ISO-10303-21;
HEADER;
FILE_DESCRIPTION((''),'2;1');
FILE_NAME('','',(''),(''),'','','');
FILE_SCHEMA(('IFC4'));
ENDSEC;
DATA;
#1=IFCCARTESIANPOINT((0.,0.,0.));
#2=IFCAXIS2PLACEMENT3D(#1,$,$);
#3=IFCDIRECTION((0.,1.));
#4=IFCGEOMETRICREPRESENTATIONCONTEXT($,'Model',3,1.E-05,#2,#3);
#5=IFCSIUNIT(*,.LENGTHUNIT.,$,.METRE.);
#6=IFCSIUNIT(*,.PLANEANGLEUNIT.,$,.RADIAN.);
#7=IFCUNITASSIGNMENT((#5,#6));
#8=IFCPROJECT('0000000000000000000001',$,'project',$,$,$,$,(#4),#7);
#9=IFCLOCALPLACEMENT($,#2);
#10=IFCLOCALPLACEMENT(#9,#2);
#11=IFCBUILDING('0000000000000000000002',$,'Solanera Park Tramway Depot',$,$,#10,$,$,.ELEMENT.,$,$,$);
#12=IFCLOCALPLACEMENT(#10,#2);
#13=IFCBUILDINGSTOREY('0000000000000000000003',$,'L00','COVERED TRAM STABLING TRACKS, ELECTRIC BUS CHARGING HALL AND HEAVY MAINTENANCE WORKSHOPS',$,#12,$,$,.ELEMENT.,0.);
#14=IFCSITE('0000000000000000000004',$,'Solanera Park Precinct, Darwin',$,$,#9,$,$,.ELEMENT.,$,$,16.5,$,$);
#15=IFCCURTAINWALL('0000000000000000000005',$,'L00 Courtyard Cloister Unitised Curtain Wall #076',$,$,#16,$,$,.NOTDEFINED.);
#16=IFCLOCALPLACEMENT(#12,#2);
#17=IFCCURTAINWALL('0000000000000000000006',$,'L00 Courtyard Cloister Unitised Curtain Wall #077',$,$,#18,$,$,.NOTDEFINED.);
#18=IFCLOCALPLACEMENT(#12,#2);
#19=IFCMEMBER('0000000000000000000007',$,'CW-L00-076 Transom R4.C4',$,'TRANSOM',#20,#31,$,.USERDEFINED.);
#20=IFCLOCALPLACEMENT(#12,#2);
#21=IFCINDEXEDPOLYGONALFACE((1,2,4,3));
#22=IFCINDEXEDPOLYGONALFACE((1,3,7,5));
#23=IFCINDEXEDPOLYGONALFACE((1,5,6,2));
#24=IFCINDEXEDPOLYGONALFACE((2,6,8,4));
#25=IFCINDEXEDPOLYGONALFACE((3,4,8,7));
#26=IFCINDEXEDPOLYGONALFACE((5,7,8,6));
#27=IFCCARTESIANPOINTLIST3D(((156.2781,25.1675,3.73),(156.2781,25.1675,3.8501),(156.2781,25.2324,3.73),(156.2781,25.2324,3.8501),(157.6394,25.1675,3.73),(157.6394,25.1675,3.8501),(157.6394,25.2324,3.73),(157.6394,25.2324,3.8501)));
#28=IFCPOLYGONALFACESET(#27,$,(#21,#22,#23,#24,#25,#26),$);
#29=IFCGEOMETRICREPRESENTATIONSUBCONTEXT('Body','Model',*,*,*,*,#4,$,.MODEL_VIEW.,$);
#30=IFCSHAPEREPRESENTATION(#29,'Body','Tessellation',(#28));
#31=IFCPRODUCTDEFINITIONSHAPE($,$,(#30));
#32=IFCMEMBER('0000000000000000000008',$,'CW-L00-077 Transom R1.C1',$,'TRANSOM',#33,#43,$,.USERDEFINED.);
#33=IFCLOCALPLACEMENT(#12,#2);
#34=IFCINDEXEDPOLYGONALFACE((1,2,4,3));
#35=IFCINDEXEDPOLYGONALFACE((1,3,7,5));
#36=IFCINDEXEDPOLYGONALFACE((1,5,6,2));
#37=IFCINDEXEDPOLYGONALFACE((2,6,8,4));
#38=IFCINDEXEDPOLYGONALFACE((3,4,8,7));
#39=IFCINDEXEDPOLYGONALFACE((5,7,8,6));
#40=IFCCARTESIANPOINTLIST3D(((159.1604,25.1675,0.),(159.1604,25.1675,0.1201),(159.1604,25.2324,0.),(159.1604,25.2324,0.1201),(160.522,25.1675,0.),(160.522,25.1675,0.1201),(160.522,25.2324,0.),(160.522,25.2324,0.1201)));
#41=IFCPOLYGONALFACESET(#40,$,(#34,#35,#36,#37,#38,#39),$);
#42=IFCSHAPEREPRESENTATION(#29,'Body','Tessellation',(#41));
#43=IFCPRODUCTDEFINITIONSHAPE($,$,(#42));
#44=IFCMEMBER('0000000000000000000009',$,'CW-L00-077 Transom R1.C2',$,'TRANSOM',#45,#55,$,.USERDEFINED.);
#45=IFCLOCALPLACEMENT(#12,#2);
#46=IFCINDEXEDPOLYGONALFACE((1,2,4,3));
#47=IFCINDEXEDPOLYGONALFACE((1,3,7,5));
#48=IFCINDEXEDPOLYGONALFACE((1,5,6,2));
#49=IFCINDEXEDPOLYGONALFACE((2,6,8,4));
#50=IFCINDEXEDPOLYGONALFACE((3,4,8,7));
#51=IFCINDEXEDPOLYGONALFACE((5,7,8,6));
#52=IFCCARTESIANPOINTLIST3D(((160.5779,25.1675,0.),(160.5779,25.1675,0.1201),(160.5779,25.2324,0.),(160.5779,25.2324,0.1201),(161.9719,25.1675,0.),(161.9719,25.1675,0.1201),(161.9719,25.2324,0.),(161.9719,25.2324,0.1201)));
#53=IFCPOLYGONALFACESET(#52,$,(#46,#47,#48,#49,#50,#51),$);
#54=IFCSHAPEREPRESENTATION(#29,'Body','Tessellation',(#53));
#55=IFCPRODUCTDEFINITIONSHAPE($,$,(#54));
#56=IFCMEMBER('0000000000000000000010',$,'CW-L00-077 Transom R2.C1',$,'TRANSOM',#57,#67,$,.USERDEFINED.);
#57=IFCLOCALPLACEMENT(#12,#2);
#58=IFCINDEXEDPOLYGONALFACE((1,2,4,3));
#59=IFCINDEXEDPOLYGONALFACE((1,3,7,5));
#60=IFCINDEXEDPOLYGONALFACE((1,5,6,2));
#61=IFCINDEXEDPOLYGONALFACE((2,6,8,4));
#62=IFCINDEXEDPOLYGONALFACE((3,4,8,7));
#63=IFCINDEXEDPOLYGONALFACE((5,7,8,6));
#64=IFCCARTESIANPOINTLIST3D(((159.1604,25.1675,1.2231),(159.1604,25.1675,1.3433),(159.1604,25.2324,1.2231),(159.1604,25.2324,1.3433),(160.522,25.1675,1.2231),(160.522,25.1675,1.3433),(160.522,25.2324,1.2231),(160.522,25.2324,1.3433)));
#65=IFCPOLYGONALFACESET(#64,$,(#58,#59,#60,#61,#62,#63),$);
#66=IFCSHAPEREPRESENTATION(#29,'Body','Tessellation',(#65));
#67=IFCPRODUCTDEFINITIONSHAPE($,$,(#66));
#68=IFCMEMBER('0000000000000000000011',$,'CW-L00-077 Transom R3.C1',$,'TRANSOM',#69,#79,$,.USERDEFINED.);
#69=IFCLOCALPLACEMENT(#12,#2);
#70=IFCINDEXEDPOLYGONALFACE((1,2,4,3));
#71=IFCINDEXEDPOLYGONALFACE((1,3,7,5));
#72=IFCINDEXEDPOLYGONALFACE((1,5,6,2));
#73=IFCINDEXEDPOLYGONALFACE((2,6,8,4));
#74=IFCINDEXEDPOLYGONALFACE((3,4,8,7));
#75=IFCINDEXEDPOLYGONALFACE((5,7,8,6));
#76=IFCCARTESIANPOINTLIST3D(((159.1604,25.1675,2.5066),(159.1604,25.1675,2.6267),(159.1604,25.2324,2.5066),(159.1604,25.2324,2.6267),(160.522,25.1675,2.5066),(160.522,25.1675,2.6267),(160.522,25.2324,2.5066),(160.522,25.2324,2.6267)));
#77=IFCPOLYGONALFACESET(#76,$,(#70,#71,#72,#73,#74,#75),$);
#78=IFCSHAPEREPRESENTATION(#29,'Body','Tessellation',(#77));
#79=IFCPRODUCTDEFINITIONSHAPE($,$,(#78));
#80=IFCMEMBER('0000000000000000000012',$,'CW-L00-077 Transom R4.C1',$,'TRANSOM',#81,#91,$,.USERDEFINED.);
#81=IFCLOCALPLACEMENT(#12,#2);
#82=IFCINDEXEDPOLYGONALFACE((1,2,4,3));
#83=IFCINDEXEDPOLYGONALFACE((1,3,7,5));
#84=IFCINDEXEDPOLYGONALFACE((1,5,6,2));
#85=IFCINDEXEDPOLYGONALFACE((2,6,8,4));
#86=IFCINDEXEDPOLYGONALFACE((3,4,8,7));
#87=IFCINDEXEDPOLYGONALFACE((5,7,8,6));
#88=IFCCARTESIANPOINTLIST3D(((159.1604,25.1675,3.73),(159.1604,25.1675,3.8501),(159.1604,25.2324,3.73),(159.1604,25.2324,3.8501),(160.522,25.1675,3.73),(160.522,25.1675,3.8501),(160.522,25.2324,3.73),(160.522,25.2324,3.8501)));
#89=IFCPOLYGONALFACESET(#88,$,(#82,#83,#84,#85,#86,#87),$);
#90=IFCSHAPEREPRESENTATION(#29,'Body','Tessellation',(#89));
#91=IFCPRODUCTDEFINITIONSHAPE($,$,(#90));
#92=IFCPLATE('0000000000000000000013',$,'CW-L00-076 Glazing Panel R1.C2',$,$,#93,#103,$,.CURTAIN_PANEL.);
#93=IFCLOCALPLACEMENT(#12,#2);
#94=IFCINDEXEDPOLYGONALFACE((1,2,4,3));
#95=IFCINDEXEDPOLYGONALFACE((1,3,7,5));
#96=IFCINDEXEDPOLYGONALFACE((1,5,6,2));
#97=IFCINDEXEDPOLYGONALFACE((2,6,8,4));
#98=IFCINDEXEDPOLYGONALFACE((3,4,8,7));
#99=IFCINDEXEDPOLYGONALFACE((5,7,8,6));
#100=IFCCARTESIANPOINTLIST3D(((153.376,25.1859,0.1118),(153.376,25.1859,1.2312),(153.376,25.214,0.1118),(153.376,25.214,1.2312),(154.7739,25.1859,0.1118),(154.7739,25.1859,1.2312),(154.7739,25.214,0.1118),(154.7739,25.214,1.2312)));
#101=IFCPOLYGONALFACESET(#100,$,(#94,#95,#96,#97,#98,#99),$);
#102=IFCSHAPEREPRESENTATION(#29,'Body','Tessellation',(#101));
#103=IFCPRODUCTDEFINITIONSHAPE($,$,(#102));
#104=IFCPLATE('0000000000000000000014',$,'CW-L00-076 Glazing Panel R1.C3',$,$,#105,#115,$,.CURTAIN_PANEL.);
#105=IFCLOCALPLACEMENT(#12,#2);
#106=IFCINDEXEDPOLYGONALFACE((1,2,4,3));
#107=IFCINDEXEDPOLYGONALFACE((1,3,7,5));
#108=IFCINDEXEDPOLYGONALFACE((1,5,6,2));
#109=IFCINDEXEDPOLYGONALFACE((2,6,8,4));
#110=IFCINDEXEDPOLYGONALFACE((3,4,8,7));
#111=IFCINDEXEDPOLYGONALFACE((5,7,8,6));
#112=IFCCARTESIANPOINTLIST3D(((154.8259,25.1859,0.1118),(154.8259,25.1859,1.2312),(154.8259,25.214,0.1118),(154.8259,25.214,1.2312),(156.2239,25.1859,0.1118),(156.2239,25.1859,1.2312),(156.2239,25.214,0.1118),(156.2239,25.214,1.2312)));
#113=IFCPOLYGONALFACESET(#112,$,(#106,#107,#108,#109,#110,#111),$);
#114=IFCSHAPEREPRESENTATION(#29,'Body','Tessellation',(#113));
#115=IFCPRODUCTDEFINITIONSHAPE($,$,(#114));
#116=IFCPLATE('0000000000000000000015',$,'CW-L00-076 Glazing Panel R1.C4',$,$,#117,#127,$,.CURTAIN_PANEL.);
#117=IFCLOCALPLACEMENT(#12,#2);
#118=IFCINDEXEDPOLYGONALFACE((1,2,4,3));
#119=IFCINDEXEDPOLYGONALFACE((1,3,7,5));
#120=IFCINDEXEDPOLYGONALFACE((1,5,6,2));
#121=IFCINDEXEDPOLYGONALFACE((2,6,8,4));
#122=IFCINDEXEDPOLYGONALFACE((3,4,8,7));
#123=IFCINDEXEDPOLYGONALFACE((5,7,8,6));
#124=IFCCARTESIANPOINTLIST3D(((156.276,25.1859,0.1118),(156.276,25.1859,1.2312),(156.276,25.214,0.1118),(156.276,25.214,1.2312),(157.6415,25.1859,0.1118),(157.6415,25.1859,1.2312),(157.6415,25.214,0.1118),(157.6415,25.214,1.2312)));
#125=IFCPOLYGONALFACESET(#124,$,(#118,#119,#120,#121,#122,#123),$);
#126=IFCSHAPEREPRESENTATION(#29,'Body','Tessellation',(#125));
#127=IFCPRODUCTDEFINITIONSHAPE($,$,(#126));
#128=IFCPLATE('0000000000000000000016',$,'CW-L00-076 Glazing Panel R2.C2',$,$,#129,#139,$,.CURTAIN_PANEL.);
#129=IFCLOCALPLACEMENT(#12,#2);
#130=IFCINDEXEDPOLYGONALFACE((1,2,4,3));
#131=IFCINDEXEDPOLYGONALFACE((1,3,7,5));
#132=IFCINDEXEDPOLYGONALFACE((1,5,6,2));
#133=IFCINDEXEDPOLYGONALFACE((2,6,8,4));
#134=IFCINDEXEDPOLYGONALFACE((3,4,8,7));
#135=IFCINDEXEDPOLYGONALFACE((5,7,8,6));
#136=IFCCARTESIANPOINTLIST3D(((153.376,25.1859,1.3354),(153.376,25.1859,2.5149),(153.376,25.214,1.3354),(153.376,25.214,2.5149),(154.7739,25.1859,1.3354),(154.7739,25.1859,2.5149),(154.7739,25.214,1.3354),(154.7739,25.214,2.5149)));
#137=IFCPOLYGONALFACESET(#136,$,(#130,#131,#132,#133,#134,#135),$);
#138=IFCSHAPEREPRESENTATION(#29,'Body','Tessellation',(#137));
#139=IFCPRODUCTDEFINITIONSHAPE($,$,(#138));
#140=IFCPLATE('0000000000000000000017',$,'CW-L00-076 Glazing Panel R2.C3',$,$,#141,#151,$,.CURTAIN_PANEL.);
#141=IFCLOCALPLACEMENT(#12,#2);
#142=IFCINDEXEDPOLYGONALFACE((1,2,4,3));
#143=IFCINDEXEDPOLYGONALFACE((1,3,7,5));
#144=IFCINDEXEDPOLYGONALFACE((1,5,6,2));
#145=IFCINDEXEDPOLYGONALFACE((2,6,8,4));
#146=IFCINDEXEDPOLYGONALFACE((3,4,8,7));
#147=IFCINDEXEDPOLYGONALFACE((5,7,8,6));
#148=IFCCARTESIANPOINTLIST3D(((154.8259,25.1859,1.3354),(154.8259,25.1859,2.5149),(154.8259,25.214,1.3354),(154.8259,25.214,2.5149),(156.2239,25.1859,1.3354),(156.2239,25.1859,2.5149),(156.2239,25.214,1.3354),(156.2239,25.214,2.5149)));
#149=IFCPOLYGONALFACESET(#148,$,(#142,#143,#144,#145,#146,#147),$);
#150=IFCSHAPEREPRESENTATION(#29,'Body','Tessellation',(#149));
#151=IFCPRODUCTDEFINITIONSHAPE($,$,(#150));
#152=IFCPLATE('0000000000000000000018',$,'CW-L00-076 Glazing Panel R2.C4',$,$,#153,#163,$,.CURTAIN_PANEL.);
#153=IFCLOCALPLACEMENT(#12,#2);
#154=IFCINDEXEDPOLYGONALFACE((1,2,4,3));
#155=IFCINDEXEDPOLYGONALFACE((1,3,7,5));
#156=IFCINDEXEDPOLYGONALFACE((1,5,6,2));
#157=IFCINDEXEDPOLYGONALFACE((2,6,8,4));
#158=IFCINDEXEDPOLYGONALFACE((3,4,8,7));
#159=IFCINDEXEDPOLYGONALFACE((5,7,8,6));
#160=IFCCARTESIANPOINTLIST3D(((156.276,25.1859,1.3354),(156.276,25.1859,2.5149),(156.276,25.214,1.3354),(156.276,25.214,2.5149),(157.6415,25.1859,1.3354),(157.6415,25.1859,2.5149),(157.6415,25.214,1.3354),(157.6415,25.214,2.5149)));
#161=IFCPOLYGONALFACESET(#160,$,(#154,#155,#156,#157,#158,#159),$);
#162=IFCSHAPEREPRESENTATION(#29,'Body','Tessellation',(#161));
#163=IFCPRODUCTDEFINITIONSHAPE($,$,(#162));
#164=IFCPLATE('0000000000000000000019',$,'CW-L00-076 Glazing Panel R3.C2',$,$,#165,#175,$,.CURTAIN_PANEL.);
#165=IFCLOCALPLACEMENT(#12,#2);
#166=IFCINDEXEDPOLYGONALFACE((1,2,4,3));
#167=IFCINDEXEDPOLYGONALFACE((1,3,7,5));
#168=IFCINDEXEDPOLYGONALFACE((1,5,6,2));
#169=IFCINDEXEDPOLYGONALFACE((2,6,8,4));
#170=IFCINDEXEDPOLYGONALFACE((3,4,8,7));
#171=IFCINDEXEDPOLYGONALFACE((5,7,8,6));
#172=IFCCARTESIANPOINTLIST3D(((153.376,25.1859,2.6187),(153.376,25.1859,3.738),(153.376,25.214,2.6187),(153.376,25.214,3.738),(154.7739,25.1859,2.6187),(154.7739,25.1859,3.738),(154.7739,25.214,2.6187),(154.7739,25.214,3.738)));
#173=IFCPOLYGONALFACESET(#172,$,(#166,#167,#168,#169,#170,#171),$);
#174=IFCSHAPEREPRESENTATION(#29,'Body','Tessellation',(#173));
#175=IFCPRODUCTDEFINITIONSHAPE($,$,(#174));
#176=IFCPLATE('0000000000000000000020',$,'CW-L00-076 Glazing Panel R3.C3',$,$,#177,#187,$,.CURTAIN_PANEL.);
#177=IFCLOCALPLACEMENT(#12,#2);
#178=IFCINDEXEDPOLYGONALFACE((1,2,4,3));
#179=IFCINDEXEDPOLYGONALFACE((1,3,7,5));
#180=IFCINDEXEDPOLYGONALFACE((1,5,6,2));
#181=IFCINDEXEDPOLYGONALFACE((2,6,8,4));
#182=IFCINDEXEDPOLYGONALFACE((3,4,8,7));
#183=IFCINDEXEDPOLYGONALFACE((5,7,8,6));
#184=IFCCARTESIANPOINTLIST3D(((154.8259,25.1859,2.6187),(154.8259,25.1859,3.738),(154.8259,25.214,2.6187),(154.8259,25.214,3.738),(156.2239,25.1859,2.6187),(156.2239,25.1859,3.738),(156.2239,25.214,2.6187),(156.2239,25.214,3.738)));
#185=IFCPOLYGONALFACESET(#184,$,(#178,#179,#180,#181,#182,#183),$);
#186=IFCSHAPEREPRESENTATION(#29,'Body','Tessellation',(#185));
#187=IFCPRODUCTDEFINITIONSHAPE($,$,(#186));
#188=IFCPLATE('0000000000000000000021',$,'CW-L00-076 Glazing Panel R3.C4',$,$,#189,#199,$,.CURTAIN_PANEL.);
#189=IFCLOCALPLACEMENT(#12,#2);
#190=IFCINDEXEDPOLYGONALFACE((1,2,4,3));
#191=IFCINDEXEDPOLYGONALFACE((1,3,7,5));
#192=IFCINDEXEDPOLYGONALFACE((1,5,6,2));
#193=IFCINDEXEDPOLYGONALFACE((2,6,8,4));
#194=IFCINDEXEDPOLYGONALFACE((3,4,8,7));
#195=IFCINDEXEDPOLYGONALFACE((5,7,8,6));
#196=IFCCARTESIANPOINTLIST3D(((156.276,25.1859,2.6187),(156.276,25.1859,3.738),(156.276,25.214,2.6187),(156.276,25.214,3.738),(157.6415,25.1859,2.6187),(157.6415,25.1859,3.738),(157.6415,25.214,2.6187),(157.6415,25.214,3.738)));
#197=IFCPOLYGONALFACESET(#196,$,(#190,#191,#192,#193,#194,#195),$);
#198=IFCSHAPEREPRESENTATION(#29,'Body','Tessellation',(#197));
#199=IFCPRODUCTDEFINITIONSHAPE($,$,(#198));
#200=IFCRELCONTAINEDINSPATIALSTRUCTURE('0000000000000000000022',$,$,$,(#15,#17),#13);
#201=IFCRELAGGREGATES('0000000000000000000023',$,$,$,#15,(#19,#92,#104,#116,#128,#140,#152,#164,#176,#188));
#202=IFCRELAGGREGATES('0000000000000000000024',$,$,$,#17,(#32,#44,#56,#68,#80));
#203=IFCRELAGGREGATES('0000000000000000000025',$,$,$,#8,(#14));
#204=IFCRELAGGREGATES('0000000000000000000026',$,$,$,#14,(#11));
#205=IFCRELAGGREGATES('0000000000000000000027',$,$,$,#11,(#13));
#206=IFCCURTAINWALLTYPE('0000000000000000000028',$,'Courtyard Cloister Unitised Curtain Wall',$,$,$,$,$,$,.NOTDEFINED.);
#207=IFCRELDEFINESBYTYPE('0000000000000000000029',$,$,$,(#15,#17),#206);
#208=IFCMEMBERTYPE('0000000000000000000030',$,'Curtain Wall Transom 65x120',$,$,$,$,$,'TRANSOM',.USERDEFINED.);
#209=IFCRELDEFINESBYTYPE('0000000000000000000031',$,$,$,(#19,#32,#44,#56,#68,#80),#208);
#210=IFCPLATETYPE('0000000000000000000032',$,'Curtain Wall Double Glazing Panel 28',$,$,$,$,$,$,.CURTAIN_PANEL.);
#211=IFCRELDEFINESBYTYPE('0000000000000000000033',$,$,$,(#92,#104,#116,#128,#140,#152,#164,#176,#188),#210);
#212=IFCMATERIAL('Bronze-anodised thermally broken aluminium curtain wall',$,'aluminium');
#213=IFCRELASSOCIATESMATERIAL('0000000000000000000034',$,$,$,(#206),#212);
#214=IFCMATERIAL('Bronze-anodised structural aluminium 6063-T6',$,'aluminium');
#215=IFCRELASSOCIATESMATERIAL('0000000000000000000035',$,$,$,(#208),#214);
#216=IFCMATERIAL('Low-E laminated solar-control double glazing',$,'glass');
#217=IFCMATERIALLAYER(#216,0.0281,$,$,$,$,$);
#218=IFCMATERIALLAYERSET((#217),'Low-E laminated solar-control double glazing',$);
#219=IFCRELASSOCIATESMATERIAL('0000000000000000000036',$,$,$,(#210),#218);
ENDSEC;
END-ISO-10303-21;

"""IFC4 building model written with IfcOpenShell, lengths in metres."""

from ifc_helpers import new_model, si_unit, direction, frame, origin, origin_2d, place, context, subcontext, project, spatial, rectangle, extrude, material, layer, layer_set, material_profile, profile_set, type_object, element, aggregate, save


model = new_model("IFC4")

# Units and contexts
model_context = context("Model", 3, precision=1e-05, world=origin(), true_north=direction((0.0, 1.0)))
body_context = subcontext(model_context, "Body", "Model", "MODEL_VIEW")
ifc_project = project(units=[si_unit("LENGTHUNIT", "METRE"), si_unit("PLANEANGLEUNIT", "RADIAN")], contexts=[model_context])

# Site, building, storey
site_placement = place(None, origin())
site = spatial("IfcSite", under=ifc_project, at=site_placement, Name="Solanera Park Precinct, Darwin", CompositionType="ELEMENT", RefElevation=16.5)
building_placement = place(site_placement, origin())
building = spatial("IfcBuilding", under=site, at=building_placement, Name="Solanera Park Tramway Depot", CompositionType="ELEMENT")
storey_placement = place(building_placement, origin())
storey = spatial("IfcBuildingStorey", under=building, at=storey_placement, Name="L00", Description="COVERED TRAM STABLING TRACKS, ELECTRIC BUS CHARGING HALL AND HEAVY MAINTENANCE WORKSHOPS", CompositionType="ELEMENT", Elevation=0.0)

# Curtain walls
ifc_material_1 = material(Name="Bronze-anodised thermally broken aluminium curtain wall", Category="aluminium")
curtain_wall_type = type_object("IfcCurtainWallType", Name="Courtyard Cloister Unitised Curtain Wall", PredefinedType="NOTDEFINED", material=ifc_material_1)
curtain_wall_1_placement = place(storey_placement, origin())
curtain_wall_1 = element("IfcCurtainWall", 1, at=curtain_wall_1_placement, inside=storey, type_object=curtain_wall_type, Name="L00 Courtyard Cloister Unitised Curtain Wall #076", PredefinedType="NOTDEFINED")
curtain_wall_2_placement = place(storey_placement, origin())
curtain_wall_2 = element("IfcCurtainWall", 2, at=curtain_wall_2_placement, inside=storey, type_object=curtain_wall_type, Name="L00 Courtyard Cloister Unitised Curtain Wall #077", PredefinedType="NOTDEFINED")

# Members
ifc_material_2 = material(Name="Bronze-anodised structural aluminium 6063-T6", Category="aluminium")
ifc_material_profile_1 = material_profile(ifc_material_2, rectangle(XDim=0.0649, YDim=0.1201, at=origin_2d()), Name="Curtain Wall Transom 65x120")
ifc_profile_set_1 = profile_set([ifc_material_profile_1], Name="Bronze-anodised structural aluminium 6063-T6")
member_type_1 = type_object("IfcMemberType", Name="Curtain Wall Transom 65x120", ElementType="TRANSOM", PredefinedType="USERDEFINED", material=ifc_profile_set_1)
member_1_placement = place(storey_placement, frame((156.2781, 25.2, 3.79), z_axis=(1.0, 0.0, 0.0), x_axis=(0.0, 1.0, 0.0)))
member_1 = element("IfcMember", 3, at=member_1_placement, type_object=member_type_1, Name="CW-L00-076 Transom R4.C4", ObjectType="TRANSOM", PredefinedType="USERDEFINED", context=body_context, shape_type="SweptSolid", body=[
    extrude(rectangle(XDim=0.0649, YDim=0.1201, at=origin_2d()), origin(), (0.0, 0.0, 1.0), 1.3613),
])
member_2_placement = place(storey_placement, frame((159.1604, 25.2, 0.0601), z_axis=(1.0, 0.0, 0.0), x_axis=(0.0, 1.0, 0.0)))
member_2 = element("IfcMember", 4, at=member_2_placement, type_object=member_type_1, Name="CW-L00-077 Transom R1.C1", ObjectType="TRANSOM", PredefinedType="USERDEFINED", context=body_context, shape_type="SweptSolid", body=[
    extrude(rectangle(XDim=0.0649, YDim=0.1201, at=origin_2d()), origin(), (0.0, 0.0, 1.0), 1.3616),
])
member_3_placement = place(storey_placement, frame((160.5779, 25.2, 0.0601), z_axis=(1.0, 0.0, 0.0), x_axis=(0.0, 1.0, 0.0)))
member_3 = element("IfcMember", 5, at=member_3_placement, type_object=member_type_1, Name="CW-L00-077 Transom R1.C2", ObjectType="TRANSOM", PredefinedType="USERDEFINED", context=body_context, shape_type="SweptSolid", body=[
    extrude(rectangle(XDim=0.0649, YDim=0.1201, at=origin_2d()), origin(), (0.0, 0.0, 1.0), 1.394),
])
member_4_placement = place(storey_placement, frame((159.1604, 25.2, 1.2832), z_axis=(1.0, 0.0, 0.0), x_axis=(0.0, 1.0, 0.0)))
member_4 = element("IfcMember", 6, at=member_4_placement, type_object=member_type_1, Name="CW-L00-077 Transom R2.C1", ObjectType="TRANSOM", PredefinedType="USERDEFINED", context=body_context, shape_type="SweptSolid", body=[
    extrude(rectangle(XDim=0.0649, YDim=0.1201, at=origin_2d()), origin(), (0.0, 0.0, 1.0), 1.3616),
])
member_5_placement = place(storey_placement, frame((159.1604, 25.2, 2.5667), z_axis=(1.0, 0.0, 0.0), x_axis=(0.0, 1.0, 0.0)))
member_5 = element("IfcMember", 7, at=member_5_placement, type_object=member_type_1, Name="CW-L00-077 Transom R3.C1", ObjectType="TRANSOM", PredefinedType="USERDEFINED", context=body_context, shape_type="SweptSolid", body=[
    extrude(rectangle(XDim=0.0649, YDim=0.1201, at=origin_2d()), origin(), (0.0, 0.0, 1.0), 1.3616),
])
member_6_placement = place(storey_placement, frame((159.1604, 25.2, 3.79), z_axis=(1.0, 0.0, 0.0), x_axis=(0.0, 1.0, 0.0)))
member_6 = element("IfcMember", 8, at=member_6_placement, type_object=member_type_1, Name="CW-L00-077 Transom R4.C1", ObjectType="TRANSOM", PredefinedType="USERDEFINED", context=body_context, shape_type="SweptSolid", body=[
    extrude(rectangle(XDim=0.0649, YDim=0.1201, at=origin_2d()), origin(), (0.0, 0.0, 1.0), 1.3616),
])

# Plates
ifc_material_3 = material(Name="Low-E laminated solar-control double glazing", Category="glass")
ifc_layer = layer(ifc_material_3, 0.0281)
ifc_layer_set = layer_set([ifc_layer], Name="Low-E laminated solar-control double glazing")
plate_type = type_object("IfcPlateType", Name="Curtain Wall Double Glazing Panel 28", PredefinedType="CURTAIN_PANEL", material=ifc_layer_set)
plate_1_placement = place(storey_placement, frame((154.075, 25.2, 0.1118), z_axis=(0.0, 0.0, 1.0), x_axis=(1.0, 0.0, 0.0)))
plate_1 = element("IfcPlate", 9, at=plate_1_placement, type_object=plate_type, Name="CW-L00-076 Glazing Panel R1.C2", PredefinedType="CURTAIN_PANEL", context=body_context, shape_type="SweptSolid", body=[
    extrude(rectangle(XDim=1.3979, YDim=0.0281, at=origin_2d()), origin(), (0.0, 0.0, 1.0), 1.1194),
])
plate_2_placement = place(storey_placement, frame((155.5249, 25.2, 0.1118), z_axis=(0.0, 0.0, 1.0), x_axis=(1.0, 0.0, 0.0)))
plate_2 = element("IfcPlate", 10, at=plate_2_placement, type_object=plate_type, Name="CW-L00-076 Glazing Panel R1.C3", PredefinedType="CURTAIN_PANEL", context=body_context, shape_type="SweptSolid", body=[
    extrude(rectangle(XDim=1.3979, YDim=0.0281, at=origin_2d()), origin(), (0.0, 0.0, 1.0), 1.1194),
])
plate_3_placement = place(storey_placement, frame((156.9587, 25.2, 0.1118), z_axis=(0.0, 0.0, 1.0), x_axis=(1.0, 0.0, 0.0)))
plate_3 = element("IfcPlate", 11, at=plate_3_placement, type_object=plate_type, Name="CW-L00-076 Glazing Panel R1.C4", PredefinedType="CURTAIN_PANEL", context=body_context, shape_type="SweptSolid", body=[
    extrude(rectangle(XDim=1.3655, YDim=0.0281, at=origin_2d()), origin(), (0.0, 0.0, 1.0), 1.1194),
])
plate_4_placement = place(storey_placement, frame((154.075, 25.2, 1.3354), z_axis=(0.0, 0.0, 1.0), x_axis=(1.0, 0.0, 0.0)))
plate_4 = element("IfcPlate", 12, at=plate_4_placement, type_object=plate_type, Name="CW-L00-076 Glazing Panel R2.C2", PredefinedType="CURTAIN_PANEL", context=body_context, shape_type="SweptSolid", body=[
    extrude(rectangle(XDim=1.3979, YDim=0.0281, at=origin_2d()), origin(), (0.0, 0.0, 1.0), 1.1794),
])
plate_5_placement = place(storey_placement, frame((155.5249, 25.2, 1.3354), z_axis=(0.0, 0.0, 1.0), x_axis=(1.0, 0.0, 0.0)))
plate_5 = element("IfcPlate", 13, at=plate_5_placement, type_object=plate_type, Name="CW-L00-076 Glazing Panel R2.C3", PredefinedType="CURTAIN_PANEL", context=body_context, shape_type="SweptSolid", body=[
    extrude(rectangle(XDim=1.3979, YDim=0.0281, at=origin_2d()), origin(), (0.0, 0.0, 1.0), 1.1794),
])
plate_6_placement = place(storey_placement, frame((156.9587, 25.2, 1.3354), z_axis=(0.0, 0.0, 1.0), x_axis=(1.0, 0.0, 0.0)))
plate_6 = element("IfcPlate", 14, at=plate_6_placement, type_object=plate_type, Name="CW-L00-076 Glazing Panel R2.C4", PredefinedType="CURTAIN_PANEL", context=body_context, shape_type="SweptSolid", body=[
    extrude(rectangle(XDim=1.3655, YDim=0.0281, at=origin_2d()), origin(), (0.0, 0.0, 1.0), 1.1794),
])
plate_7_placement = place(storey_placement, frame((154.075, 25.2, 2.6187), z_axis=(0.0, 0.0, 1.0), x_axis=(1.0, 0.0, 0.0)))
plate_7 = element("IfcPlate", 15, at=plate_7_placement, type_object=plate_type, Name="CW-L00-076 Glazing Panel R3.C2", PredefinedType="CURTAIN_PANEL", context=body_context, shape_type="SweptSolid", body=[
    extrude(rectangle(XDim=1.3979, YDim=0.0281, at=origin_2d()), origin(), (0.0, 0.0, 1.0), 1.1194),
])
plate_8_placement = place(storey_placement, frame((155.5249, 25.2, 2.6187), z_axis=(0.0, 0.0, 1.0), x_axis=(1.0, 0.0, 0.0)))
plate_8 = element("IfcPlate", 16, at=plate_8_placement, type_object=plate_type, Name="CW-L00-076 Glazing Panel R3.C3", PredefinedType="CURTAIN_PANEL", context=body_context, shape_type="SweptSolid", body=[
    extrude(rectangle(XDim=1.3979, YDim=0.0281, at=origin_2d()), origin(), (0.0, 0.0, 1.0), 1.1194),
])
plate_9_placement = place(storey_placement, frame((156.9587, 25.2, 2.6187), z_axis=(0.0, 0.0, 1.0), x_axis=(1.0, 0.0, 0.0)))
plate_9 = element("IfcPlate", 17, at=plate_9_placement, type_object=plate_type, Name="CW-L00-076 Glazing Panel R3.C4", PredefinedType="CURTAIN_PANEL", context=body_context, shape_type="SweptSolid", body=[
    extrude(rectangle(XDim=1.3655, YDim=0.0281, at=origin_2d()), origin(), (0.0, 0.0, 1.0), 1.1194),
])
aggregate(curtain_wall_1, [member_1, plate_1, plate_2, plate_3, plate_4, plate_5, plate_6, plate_7, plate_8, plate_9])
aggregate(curtain_wall_2, [member_2, member_3, member_4, member_5, member_6])

save(model, "model.ifc")
